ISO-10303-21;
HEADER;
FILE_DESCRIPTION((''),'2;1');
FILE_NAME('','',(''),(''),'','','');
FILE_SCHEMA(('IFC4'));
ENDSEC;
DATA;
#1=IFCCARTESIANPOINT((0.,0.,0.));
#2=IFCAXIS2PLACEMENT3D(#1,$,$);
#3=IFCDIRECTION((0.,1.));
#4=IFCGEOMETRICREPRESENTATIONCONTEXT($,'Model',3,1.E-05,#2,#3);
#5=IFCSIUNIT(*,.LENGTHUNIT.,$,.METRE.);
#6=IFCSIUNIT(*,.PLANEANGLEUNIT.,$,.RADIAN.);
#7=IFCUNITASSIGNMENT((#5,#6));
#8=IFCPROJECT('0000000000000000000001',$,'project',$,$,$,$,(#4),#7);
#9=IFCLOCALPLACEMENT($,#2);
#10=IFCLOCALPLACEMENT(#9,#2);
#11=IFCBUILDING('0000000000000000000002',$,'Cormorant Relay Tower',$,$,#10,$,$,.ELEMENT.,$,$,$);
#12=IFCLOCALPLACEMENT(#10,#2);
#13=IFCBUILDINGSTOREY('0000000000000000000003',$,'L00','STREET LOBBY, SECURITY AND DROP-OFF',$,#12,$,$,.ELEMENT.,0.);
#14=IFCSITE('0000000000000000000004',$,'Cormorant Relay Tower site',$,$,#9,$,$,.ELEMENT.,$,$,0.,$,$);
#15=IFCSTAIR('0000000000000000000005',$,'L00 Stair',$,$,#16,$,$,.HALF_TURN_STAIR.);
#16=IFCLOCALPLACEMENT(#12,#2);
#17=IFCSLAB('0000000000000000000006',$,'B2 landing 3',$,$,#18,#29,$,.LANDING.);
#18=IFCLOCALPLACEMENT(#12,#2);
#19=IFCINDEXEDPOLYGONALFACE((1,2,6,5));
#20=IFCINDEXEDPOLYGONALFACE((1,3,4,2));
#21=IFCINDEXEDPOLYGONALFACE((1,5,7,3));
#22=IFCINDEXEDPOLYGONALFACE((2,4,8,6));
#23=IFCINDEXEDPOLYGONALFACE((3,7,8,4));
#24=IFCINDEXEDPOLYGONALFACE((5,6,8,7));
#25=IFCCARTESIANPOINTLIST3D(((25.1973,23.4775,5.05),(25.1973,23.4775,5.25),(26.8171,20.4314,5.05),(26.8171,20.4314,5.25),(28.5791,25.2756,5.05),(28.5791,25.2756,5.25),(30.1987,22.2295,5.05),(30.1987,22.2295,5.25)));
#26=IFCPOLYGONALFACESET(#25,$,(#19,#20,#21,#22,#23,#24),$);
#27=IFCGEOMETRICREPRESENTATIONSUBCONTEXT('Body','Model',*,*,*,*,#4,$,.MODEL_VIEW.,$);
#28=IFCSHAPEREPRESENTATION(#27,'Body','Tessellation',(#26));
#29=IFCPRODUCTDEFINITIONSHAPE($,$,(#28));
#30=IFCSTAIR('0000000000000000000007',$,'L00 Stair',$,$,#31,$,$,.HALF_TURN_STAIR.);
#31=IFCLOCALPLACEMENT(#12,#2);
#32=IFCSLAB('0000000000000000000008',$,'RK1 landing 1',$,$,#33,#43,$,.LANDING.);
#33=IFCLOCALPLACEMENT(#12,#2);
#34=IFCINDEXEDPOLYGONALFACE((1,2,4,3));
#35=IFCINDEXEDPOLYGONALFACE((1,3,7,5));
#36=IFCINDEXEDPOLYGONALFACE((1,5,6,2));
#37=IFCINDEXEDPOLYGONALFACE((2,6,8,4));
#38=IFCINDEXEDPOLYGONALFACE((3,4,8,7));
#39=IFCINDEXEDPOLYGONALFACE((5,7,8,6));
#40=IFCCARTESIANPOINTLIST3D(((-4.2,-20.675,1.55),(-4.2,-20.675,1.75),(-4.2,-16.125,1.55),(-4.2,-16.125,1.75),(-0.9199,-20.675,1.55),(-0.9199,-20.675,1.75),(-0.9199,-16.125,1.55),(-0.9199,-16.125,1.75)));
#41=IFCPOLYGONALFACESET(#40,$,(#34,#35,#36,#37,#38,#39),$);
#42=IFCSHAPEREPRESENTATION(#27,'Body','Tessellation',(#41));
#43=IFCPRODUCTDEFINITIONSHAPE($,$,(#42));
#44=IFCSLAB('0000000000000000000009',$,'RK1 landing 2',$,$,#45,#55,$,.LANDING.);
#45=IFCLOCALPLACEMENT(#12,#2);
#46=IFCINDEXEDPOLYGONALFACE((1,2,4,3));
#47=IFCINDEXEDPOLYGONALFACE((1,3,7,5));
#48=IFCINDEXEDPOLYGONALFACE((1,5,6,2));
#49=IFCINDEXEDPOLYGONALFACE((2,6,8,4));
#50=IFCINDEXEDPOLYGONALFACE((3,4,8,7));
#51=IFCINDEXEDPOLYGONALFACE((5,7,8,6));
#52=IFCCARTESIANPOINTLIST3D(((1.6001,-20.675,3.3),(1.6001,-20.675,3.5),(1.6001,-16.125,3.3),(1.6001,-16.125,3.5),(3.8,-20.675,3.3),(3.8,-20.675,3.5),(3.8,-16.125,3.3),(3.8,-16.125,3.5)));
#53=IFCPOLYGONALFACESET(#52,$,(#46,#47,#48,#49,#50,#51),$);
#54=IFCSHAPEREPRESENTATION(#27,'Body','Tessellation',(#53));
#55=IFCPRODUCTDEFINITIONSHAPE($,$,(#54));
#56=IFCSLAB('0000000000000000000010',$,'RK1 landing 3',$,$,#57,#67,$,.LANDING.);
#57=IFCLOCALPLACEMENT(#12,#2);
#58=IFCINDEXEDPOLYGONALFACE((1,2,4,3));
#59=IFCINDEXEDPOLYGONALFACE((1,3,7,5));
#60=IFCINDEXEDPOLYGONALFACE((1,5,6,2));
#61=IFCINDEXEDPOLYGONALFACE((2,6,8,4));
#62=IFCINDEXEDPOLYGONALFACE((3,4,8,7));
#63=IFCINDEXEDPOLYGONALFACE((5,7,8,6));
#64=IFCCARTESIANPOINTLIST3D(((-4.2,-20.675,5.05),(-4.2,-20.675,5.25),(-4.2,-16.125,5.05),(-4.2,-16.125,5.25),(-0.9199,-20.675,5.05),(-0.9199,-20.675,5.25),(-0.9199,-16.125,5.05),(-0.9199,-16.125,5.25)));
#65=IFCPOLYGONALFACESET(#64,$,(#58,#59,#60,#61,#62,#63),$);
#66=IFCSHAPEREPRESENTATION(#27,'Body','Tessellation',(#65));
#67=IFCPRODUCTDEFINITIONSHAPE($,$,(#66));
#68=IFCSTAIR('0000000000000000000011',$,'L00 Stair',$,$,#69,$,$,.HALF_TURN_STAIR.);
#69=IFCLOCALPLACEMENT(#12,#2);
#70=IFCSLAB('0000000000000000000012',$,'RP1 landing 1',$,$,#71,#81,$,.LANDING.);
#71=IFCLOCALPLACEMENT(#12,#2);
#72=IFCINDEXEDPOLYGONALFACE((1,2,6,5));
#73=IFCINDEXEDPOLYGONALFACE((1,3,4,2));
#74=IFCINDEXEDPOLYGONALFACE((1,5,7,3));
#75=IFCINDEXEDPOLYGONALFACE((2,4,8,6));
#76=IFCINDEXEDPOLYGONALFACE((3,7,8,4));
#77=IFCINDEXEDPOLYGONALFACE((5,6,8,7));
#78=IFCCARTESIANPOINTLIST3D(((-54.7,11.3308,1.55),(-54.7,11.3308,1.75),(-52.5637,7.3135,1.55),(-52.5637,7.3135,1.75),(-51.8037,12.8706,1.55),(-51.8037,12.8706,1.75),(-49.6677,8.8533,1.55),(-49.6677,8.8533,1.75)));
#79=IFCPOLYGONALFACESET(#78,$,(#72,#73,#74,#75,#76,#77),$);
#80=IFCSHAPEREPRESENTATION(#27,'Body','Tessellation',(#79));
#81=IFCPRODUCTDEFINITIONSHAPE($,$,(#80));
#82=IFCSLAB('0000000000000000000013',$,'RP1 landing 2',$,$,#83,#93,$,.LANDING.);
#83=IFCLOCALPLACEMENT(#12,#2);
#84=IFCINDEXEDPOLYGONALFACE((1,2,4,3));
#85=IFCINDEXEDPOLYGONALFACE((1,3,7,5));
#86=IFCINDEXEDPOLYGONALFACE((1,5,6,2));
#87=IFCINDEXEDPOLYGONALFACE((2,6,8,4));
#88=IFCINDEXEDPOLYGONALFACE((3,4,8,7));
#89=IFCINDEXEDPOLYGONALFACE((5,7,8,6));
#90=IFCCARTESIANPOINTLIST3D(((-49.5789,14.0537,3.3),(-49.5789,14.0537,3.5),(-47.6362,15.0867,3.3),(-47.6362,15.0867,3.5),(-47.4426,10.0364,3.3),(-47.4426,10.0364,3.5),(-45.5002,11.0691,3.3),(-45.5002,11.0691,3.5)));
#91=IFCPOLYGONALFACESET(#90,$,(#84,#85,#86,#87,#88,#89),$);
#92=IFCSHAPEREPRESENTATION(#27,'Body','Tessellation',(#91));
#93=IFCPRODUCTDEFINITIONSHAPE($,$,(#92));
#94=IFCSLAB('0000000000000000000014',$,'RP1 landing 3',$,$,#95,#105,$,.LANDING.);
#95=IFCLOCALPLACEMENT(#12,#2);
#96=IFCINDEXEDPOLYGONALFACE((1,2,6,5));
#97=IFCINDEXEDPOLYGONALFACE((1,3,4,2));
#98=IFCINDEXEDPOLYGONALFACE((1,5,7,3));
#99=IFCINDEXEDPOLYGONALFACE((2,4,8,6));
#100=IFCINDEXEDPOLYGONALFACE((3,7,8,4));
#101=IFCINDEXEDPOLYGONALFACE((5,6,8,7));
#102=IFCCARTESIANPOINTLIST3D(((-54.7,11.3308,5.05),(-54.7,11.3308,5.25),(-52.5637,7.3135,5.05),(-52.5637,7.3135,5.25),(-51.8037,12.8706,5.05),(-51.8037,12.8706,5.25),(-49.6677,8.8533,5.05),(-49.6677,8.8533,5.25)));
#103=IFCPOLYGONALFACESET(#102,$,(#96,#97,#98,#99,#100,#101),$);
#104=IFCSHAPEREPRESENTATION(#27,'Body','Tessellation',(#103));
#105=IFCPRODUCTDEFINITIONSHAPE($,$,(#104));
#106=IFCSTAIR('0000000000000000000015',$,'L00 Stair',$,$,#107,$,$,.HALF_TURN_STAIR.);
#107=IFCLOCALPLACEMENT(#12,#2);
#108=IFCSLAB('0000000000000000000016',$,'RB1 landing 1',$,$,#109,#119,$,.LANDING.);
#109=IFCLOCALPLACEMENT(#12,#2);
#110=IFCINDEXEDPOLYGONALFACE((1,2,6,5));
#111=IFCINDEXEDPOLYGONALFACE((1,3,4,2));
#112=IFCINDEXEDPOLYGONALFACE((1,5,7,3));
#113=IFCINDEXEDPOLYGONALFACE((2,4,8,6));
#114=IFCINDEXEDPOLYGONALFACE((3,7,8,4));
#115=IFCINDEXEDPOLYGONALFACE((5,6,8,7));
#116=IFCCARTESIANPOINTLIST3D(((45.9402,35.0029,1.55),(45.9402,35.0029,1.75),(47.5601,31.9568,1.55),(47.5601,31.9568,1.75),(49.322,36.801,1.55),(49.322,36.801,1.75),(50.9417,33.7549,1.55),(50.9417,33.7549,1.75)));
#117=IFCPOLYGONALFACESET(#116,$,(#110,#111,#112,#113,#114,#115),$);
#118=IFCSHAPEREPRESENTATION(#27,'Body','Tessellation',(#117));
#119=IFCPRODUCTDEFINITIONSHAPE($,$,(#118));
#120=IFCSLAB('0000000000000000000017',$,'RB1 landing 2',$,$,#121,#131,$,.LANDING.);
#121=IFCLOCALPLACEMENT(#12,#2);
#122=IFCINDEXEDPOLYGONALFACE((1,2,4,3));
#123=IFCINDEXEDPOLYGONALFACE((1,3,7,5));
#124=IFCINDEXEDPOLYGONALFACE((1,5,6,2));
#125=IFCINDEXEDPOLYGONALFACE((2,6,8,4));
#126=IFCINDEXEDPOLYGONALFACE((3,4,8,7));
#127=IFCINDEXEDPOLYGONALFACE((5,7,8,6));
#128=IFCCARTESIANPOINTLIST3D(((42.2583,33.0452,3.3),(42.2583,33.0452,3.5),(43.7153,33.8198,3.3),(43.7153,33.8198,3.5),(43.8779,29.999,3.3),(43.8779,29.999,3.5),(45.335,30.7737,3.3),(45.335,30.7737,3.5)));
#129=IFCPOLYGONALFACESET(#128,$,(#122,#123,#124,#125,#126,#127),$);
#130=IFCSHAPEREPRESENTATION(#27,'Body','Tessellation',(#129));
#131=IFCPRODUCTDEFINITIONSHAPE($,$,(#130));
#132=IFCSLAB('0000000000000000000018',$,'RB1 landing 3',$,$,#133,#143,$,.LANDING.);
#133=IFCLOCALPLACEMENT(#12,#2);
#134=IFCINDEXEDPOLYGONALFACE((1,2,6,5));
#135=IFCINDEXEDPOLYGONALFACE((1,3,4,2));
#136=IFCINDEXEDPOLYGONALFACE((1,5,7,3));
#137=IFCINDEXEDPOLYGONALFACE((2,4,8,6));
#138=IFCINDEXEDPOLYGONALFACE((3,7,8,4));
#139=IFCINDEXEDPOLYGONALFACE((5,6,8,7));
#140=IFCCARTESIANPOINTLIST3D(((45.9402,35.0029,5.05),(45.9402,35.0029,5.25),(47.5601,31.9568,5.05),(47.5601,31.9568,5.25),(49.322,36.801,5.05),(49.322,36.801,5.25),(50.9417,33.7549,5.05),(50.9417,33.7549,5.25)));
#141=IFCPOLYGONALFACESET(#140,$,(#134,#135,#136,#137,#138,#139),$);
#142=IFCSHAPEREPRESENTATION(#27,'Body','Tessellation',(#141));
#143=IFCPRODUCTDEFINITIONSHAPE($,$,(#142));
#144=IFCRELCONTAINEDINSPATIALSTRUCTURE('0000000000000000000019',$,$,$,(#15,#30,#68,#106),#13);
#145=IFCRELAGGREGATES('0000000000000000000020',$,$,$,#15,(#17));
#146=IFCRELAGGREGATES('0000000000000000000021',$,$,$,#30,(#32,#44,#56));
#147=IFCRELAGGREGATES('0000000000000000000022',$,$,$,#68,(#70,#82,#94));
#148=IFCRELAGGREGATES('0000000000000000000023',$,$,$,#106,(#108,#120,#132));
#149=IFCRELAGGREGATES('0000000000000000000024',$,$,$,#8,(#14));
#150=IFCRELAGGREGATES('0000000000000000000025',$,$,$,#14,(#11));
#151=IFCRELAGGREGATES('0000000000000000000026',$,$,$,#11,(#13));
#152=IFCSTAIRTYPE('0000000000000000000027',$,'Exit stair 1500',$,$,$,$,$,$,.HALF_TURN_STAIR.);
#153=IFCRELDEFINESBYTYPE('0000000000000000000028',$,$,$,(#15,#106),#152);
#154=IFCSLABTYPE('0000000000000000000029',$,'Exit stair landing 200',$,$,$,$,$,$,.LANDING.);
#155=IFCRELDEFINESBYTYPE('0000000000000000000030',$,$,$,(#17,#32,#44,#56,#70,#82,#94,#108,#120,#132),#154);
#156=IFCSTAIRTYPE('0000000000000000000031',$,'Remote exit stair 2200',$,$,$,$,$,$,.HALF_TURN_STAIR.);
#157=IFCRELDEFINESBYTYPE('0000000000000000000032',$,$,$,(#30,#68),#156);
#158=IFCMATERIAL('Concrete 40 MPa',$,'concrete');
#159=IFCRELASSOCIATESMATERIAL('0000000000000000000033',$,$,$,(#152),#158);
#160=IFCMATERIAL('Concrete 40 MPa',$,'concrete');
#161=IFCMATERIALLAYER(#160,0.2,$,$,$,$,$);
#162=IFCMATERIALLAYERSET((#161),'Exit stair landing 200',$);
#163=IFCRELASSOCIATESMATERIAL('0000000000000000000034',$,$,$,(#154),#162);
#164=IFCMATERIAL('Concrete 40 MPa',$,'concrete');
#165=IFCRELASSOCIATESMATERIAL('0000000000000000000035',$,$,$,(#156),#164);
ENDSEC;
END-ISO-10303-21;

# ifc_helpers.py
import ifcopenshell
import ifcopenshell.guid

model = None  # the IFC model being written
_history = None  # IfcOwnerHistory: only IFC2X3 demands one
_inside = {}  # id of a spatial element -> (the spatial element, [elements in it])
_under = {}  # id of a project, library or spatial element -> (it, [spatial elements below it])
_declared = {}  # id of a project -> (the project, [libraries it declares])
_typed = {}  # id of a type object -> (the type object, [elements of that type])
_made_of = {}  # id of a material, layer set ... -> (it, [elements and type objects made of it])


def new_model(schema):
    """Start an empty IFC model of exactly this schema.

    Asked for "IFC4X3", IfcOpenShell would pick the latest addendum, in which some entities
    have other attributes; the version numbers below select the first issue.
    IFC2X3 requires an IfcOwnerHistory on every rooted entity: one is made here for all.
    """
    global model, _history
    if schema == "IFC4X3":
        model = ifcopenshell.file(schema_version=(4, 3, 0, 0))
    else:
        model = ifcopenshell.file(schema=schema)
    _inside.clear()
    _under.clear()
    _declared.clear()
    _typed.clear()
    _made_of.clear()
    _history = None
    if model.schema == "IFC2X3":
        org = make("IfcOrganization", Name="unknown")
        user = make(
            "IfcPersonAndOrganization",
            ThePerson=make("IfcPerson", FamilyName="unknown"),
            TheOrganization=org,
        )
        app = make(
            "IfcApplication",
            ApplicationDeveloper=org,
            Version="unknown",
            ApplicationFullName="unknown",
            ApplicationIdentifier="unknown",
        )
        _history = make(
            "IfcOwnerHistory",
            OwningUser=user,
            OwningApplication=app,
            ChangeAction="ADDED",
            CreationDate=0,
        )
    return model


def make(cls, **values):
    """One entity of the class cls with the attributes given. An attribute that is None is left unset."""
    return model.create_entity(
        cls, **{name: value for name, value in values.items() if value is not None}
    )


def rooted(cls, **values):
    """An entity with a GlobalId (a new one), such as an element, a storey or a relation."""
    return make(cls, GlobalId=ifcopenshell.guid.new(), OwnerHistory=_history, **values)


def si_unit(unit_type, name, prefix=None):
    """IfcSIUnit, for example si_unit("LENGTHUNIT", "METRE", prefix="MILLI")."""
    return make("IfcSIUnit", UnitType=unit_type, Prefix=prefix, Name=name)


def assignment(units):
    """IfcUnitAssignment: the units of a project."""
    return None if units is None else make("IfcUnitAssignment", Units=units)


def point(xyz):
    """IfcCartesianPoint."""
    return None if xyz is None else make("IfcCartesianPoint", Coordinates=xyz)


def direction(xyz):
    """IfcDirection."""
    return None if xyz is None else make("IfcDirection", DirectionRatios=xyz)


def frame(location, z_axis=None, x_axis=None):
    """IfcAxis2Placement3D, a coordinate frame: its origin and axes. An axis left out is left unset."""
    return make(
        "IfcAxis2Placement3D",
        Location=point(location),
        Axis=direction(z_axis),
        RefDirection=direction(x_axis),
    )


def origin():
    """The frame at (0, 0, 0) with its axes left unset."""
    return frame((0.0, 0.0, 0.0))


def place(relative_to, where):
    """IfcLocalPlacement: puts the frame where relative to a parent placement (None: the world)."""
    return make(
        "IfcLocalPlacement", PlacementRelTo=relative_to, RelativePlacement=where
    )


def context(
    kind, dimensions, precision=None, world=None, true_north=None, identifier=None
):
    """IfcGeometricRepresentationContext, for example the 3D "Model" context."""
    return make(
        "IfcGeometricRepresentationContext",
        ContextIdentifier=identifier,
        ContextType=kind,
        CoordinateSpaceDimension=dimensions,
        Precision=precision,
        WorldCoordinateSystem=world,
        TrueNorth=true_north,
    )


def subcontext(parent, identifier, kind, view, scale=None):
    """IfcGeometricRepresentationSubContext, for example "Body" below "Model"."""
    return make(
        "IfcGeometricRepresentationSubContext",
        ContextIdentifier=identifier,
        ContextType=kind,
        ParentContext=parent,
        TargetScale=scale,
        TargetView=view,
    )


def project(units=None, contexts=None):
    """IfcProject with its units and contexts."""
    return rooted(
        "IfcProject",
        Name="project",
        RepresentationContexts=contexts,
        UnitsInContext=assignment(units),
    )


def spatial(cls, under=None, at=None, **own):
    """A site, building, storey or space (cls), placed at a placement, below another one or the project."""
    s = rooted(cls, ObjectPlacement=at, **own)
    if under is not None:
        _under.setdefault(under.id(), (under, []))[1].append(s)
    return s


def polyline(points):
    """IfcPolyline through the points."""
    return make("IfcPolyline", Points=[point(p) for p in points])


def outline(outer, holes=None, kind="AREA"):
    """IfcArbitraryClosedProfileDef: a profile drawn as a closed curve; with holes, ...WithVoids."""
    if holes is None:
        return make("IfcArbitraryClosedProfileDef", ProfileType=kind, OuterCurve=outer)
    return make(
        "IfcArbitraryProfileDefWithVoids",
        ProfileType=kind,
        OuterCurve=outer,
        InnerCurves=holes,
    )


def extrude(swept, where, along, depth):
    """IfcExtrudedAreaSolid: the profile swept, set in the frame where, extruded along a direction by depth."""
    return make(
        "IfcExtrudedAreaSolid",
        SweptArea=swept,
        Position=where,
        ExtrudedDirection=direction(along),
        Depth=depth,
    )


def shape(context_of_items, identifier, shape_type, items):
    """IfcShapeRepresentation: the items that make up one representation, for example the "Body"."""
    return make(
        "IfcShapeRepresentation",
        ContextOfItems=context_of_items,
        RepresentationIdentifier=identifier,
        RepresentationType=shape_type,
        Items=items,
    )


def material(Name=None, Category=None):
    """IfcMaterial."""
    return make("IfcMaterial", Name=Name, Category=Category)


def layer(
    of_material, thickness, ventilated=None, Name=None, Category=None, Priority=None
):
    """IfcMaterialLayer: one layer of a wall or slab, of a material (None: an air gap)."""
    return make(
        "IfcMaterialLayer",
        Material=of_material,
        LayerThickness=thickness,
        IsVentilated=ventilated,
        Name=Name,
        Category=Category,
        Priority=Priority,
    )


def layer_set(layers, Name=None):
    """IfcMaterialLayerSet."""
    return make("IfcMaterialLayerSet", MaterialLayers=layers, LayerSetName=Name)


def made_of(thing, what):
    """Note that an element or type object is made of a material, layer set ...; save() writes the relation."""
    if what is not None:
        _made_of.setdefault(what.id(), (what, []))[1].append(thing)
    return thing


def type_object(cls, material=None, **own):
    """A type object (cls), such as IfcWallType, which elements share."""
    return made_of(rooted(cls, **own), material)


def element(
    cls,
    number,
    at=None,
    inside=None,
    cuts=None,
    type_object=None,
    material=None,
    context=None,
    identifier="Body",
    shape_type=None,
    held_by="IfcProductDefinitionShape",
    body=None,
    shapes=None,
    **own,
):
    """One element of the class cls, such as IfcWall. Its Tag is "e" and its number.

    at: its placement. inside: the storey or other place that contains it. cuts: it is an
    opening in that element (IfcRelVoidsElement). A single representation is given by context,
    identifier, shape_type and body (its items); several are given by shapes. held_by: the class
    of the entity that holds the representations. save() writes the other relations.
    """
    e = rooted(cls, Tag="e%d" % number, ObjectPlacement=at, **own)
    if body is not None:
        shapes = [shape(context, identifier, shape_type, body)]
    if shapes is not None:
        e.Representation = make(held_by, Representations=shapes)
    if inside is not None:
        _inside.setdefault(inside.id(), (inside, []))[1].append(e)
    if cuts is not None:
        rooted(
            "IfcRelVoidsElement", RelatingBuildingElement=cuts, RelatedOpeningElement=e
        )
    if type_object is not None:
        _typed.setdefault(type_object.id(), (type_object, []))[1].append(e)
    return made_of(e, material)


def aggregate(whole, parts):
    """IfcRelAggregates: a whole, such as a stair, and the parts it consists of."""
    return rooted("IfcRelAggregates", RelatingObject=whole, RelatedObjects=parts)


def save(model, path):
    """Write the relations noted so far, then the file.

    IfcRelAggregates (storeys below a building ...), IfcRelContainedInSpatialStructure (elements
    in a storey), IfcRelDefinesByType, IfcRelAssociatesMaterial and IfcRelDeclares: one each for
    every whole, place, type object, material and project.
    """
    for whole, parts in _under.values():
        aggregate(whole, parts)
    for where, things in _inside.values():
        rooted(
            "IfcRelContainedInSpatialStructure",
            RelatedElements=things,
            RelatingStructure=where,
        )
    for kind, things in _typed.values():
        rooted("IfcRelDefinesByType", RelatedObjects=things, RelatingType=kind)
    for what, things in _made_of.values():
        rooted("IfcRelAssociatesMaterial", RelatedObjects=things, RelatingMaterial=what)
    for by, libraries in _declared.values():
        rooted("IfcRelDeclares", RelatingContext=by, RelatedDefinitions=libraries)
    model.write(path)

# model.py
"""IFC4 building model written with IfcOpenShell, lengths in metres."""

from ifc_helpers import new_model, si_unit, direction, frame, origin, place, context, subcontext, project, spatial, polyline, outline, extrude, material, layer, layer_set, type_object, element, aggregate, save


model = new_model("IFC4")

# Units and contexts
model_context = context("Model", 3, precision=1e-05, world=origin(), true_north=direction((0.0, 1.0)))
body_context = subcontext(model_context, "Body", "Model", "MODEL_VIEW")
ifc_project = project(units=[si_unit("LENGTHUNIT", "METRE"), si_unit("PLANEANGLEUNIT", "RADIAN")], contexts=[model_context])

# Site, building, storey
site_placement = place(None, origin())
site = spatial("IfcSite", under=ifc_project, at=site_placement, Name="Cormorant Relay Tower site", CompositionType="ELEMENT", RefElevation=0.0)
building_placement = place(site_placement, origin())
building = spatial("IfcBuilding", under=site, at=building_placement, Name="Cormorant Relay Tower", CompositionType="ELEMENT")
storey_placement = place(building_placement, origin())
storey = spatial("IfcBuildingStorey", under=building, at=storey_placement, Name="L00", Description="STREET LOBBY, SECURITY AND DROP-OFF", CompositionType="ELEMENT", Elevation=0.0)

# Stairs, slabs
ifc_material_1 = material(Name="Concrete 40 MPa", Category="concrete")
stair_type_1 = type_object("IfcStairType", Name="Exit stair 1500", PredefinedType="HALF_TURN_STAIR", material=ifc_material_1)
ifc_material_2 = material(Name="Concrete 40 MPa", Category="concrete")
ifc_layer_1 = layer(ifc_material_2, 0.2)
ifc_layer_set_1 = layer_set([ifc_layer_1], Name="Exit stair landing 200")
slab_type_1 = type_object("IfcSlabType", Name="Exit stair landing 200", PredefinedType="LANDING", material=ifc_layer_set_1)
stair_1_placement = place(storey_placement, origin())
stair_1 = element("IfcStair", 1, at=stair_1_placement, inside=storey, type_object=stair_type_1, Name="L00 Stair", PredefinedType="HALF_TURN_STAIR")
slab_1_placement = place(storey_placement, frame((0.0, 0.0, 5.05)))
slab_1 = element("IfcSlab", 2, at=slab_1_placement, type_object=slab_type_1, Name="B2 landing 3", PredefinedType="LANDING", context=body_context, shape_type="SweptSolid", body=[
    extrude(outline(polyline([(26.8171, 20.4314), (30.1987, 22.2295), (28.5791, 25.2756), (25.1973, 23.4775), (26.8171, 20.4314)])), origin(), (0.0, 0.0, 1.0), 0.2),
])
aggregate(stair_1, [slab_1])
ifc_material_3 = material(Name="Concrete 40 MPa", Category="concrete")
stair_type_2 = type_object("IfcStairType", Name="Remote exit stair 2200", PredefinedType="HALF_TURN_STAIR", material=ifc_material_3)
stair_2_placement = place(storey_placement, origin())
stair_2 = element("IfcStair", 3, at=stair_2_placement, inside=storey, type_object=stair_type_2, Name="L00 Stair", PredefinedType="HALF_TURN_STAIR")
slab_2_placement = place(storey_placement, frame((0.0, 0.0, 1.55)))
slab_2 = element("IfcSlab", 4, at=slab_2_placement, type_object=slab_type_1, Name="RK1 landing 1", PredefinedType="LANDING", context=body_context, shape_type="SweptSolid", body=[
    extrude(outline(polyline([(-0.9199, -16.125), (-4.2, -16.125), (-4.2, -20.675), (-0.9199, -20.675), (-0.9199, -16.125)])), origin(), (0.0, 0.0, 1.0), 0.2),
])
slab_3_placement = place(storey_placement, frame((0.0, 0.0, 3.3)))
slab_3 = element("IfcSlab", 5, at=slab_3_placement, type_object=slab_type_1, Name="RK1 landing 2", PredefinedType="LANDING", context=body_context, shape_type="SweptSolid", body=[
    extrude(outline(polyline([(3.8, -16.125), (1.6001, -16.125), (1.6001, -20.675), (3.8, -20.675), (3.8, -16.125)])), origin(), (0.0, 0.0, 1.0), 0.2),
])
slab_4_placement = place(storey_placement, frame((0.0, 0.0, 5.05)))
slab_4 = element("IfcSlab", 6, at=slab_4_placement, type_object=slab_type_1, Name="RK1 landing 3", PredefinedType="LANDING", context=body_context, shape_type="SweptSolid", body=[
    extrude(outline(polyline([(-0.9199, -16.125), (-4.2, -16.125), (-4.2, -20.675), (-0.9199, -20.675), (-0.9199, -16.125)])), origin(), (0.0, 0.0, 1.0), 0.2),
])
aggregate(stair_2, [slab_2, slab_3, slab_4])
stair_3_placement = place(storey_placement, origin())
stair_3 = element("IfcStair", 7, at=stair_3_placement, inside=storey, type_object=stair_type_2, Name="L00 Stair", PredefinedType="HALF_TURN_STAIR")
slab_5_placement = place(storey_placement, frame((0.0, 0.0, 1.55)))
slab_5 = element("IfcSlab", 8, at=slab_5_placement, type_object=slab_type_1, Name="RP1 landing 1", PredefinedType="LANDING", context=body_context, shape_type="SweptSolid", body=[
    extrude(outline(polyline([(-51.8037, 12.8706), (-54.7, 11.3308), (-52.5637, 7.3135), (-49.6677, 8.8533), (-51.8037, 12.8706)])), origin(), (0.0, 0.0, 1.0), 0.2),
])
slab_6_placement = place(storey_placement, frame((0.0, 0.0, 3.3)))
slab_6 = element("IfcSlab", 9, at=slab_6_placement, type_object=slab_type_1, Name="RP1 landing 2", PredefinedType="LANDING", context=body_context, shape_type="SweptSolid", body=[
    extrude(outline(polyline([(-47.6362, 15.0867), (-49.5789, 14.0537), (-47.4426, 10.0364), (-45.5002, 11.0691), (-47.6362, 15.0867)])), origin(), (0.0, 0.0, 1.0), 0.2),
])
slab_7_placement = place(storey_placement, frame((0.0, 0.0, 5.05)))
slab_7 = element("IfcSlab", 10, at=slab_7_placement, type_object=slab_type_1, Name="RP1 landing 3", PredefinedType="LANDING", context=body_context, shape_type="SweptSolid", body=[
    extrude(outline(polyline([(-51.8037, 12.8706), (-54.7, 11.3308), (-52.5637, 7.3135), (-49.6677, 8.8533), (-51.8037, 12.8706)])), origin(), (0.0, 0.0, 1.0), 0.2),
])
aggregate(stair_3, [slab_5, slab_6, slab_7])
stair_4_placement = place(storey_placement, origin())
stair_4 = element("IfcStair", 11, at=stair_4_placement, inside=storey, type_object=stair_type_1, Name="L00 Stair", PredefinedType="HALF_TURN_STAIR")
slab_8_placement = place(storey_placement, frame((0.0, 0.0, 1.55)))
slab_8 = element("IfcSlab", 12, at=slab_8_placement, type_object=slab_type_1, Name="RB1 landing 1", PredefinedType="LANDING", context=body_context, shape_type="SweptSolid", body=[
    extrude(outline(polyline([(47.5601, 31.9568), (50.9417, 33.7549), (49.322, 36.801), (45.9402, 35.0029), (47.5601, 31.9568)])), origin(), (0.0, 0.0, 1.0), 0.2),
])
slab_9_placement = place(storey_placement, frame((0.0, 0.0, 3.3)))
slab_9 = element("IfcSlab", 13, at=slab_9_placement, type_object=slab_type_1, Name="RB1 landing 2", PredefinedType="LANDING", context=body_context, shape_type="SweptSolid", body=[
    extrude(outline(polyline([(43.8779, 29.999), (45.335, 30.7737), (43.7153, 33.8198), (42.2583, 33.0452), (43.8779, 29.999)])), origin(), (0.0, 0.0, 1.0), 0.2),
])
slab_10_placement = place(storey_placement, frame((0.0, 0.0, 5.05)))
slab_10 = element("IfcSlab", 14, at=slab_10_placement, type_object=slab_type_1, Name="RB1 landing 3", PredefinedType="LANDING", context=body_context, shape_type="SweptSolid", body=[
    extrude(outline(polyline([(47.5601, 31.9568), (50.9417, 33.7549), (49.322, 36.801), (45.9402, 35.0029), (47.5601, 31.9568)])), origin(), (0.0, 0.0, 1.0), 0.2),
])
aggregate(stair_4, [slab_8, slab_9, slab_10])

save(model, "model.ifc")
